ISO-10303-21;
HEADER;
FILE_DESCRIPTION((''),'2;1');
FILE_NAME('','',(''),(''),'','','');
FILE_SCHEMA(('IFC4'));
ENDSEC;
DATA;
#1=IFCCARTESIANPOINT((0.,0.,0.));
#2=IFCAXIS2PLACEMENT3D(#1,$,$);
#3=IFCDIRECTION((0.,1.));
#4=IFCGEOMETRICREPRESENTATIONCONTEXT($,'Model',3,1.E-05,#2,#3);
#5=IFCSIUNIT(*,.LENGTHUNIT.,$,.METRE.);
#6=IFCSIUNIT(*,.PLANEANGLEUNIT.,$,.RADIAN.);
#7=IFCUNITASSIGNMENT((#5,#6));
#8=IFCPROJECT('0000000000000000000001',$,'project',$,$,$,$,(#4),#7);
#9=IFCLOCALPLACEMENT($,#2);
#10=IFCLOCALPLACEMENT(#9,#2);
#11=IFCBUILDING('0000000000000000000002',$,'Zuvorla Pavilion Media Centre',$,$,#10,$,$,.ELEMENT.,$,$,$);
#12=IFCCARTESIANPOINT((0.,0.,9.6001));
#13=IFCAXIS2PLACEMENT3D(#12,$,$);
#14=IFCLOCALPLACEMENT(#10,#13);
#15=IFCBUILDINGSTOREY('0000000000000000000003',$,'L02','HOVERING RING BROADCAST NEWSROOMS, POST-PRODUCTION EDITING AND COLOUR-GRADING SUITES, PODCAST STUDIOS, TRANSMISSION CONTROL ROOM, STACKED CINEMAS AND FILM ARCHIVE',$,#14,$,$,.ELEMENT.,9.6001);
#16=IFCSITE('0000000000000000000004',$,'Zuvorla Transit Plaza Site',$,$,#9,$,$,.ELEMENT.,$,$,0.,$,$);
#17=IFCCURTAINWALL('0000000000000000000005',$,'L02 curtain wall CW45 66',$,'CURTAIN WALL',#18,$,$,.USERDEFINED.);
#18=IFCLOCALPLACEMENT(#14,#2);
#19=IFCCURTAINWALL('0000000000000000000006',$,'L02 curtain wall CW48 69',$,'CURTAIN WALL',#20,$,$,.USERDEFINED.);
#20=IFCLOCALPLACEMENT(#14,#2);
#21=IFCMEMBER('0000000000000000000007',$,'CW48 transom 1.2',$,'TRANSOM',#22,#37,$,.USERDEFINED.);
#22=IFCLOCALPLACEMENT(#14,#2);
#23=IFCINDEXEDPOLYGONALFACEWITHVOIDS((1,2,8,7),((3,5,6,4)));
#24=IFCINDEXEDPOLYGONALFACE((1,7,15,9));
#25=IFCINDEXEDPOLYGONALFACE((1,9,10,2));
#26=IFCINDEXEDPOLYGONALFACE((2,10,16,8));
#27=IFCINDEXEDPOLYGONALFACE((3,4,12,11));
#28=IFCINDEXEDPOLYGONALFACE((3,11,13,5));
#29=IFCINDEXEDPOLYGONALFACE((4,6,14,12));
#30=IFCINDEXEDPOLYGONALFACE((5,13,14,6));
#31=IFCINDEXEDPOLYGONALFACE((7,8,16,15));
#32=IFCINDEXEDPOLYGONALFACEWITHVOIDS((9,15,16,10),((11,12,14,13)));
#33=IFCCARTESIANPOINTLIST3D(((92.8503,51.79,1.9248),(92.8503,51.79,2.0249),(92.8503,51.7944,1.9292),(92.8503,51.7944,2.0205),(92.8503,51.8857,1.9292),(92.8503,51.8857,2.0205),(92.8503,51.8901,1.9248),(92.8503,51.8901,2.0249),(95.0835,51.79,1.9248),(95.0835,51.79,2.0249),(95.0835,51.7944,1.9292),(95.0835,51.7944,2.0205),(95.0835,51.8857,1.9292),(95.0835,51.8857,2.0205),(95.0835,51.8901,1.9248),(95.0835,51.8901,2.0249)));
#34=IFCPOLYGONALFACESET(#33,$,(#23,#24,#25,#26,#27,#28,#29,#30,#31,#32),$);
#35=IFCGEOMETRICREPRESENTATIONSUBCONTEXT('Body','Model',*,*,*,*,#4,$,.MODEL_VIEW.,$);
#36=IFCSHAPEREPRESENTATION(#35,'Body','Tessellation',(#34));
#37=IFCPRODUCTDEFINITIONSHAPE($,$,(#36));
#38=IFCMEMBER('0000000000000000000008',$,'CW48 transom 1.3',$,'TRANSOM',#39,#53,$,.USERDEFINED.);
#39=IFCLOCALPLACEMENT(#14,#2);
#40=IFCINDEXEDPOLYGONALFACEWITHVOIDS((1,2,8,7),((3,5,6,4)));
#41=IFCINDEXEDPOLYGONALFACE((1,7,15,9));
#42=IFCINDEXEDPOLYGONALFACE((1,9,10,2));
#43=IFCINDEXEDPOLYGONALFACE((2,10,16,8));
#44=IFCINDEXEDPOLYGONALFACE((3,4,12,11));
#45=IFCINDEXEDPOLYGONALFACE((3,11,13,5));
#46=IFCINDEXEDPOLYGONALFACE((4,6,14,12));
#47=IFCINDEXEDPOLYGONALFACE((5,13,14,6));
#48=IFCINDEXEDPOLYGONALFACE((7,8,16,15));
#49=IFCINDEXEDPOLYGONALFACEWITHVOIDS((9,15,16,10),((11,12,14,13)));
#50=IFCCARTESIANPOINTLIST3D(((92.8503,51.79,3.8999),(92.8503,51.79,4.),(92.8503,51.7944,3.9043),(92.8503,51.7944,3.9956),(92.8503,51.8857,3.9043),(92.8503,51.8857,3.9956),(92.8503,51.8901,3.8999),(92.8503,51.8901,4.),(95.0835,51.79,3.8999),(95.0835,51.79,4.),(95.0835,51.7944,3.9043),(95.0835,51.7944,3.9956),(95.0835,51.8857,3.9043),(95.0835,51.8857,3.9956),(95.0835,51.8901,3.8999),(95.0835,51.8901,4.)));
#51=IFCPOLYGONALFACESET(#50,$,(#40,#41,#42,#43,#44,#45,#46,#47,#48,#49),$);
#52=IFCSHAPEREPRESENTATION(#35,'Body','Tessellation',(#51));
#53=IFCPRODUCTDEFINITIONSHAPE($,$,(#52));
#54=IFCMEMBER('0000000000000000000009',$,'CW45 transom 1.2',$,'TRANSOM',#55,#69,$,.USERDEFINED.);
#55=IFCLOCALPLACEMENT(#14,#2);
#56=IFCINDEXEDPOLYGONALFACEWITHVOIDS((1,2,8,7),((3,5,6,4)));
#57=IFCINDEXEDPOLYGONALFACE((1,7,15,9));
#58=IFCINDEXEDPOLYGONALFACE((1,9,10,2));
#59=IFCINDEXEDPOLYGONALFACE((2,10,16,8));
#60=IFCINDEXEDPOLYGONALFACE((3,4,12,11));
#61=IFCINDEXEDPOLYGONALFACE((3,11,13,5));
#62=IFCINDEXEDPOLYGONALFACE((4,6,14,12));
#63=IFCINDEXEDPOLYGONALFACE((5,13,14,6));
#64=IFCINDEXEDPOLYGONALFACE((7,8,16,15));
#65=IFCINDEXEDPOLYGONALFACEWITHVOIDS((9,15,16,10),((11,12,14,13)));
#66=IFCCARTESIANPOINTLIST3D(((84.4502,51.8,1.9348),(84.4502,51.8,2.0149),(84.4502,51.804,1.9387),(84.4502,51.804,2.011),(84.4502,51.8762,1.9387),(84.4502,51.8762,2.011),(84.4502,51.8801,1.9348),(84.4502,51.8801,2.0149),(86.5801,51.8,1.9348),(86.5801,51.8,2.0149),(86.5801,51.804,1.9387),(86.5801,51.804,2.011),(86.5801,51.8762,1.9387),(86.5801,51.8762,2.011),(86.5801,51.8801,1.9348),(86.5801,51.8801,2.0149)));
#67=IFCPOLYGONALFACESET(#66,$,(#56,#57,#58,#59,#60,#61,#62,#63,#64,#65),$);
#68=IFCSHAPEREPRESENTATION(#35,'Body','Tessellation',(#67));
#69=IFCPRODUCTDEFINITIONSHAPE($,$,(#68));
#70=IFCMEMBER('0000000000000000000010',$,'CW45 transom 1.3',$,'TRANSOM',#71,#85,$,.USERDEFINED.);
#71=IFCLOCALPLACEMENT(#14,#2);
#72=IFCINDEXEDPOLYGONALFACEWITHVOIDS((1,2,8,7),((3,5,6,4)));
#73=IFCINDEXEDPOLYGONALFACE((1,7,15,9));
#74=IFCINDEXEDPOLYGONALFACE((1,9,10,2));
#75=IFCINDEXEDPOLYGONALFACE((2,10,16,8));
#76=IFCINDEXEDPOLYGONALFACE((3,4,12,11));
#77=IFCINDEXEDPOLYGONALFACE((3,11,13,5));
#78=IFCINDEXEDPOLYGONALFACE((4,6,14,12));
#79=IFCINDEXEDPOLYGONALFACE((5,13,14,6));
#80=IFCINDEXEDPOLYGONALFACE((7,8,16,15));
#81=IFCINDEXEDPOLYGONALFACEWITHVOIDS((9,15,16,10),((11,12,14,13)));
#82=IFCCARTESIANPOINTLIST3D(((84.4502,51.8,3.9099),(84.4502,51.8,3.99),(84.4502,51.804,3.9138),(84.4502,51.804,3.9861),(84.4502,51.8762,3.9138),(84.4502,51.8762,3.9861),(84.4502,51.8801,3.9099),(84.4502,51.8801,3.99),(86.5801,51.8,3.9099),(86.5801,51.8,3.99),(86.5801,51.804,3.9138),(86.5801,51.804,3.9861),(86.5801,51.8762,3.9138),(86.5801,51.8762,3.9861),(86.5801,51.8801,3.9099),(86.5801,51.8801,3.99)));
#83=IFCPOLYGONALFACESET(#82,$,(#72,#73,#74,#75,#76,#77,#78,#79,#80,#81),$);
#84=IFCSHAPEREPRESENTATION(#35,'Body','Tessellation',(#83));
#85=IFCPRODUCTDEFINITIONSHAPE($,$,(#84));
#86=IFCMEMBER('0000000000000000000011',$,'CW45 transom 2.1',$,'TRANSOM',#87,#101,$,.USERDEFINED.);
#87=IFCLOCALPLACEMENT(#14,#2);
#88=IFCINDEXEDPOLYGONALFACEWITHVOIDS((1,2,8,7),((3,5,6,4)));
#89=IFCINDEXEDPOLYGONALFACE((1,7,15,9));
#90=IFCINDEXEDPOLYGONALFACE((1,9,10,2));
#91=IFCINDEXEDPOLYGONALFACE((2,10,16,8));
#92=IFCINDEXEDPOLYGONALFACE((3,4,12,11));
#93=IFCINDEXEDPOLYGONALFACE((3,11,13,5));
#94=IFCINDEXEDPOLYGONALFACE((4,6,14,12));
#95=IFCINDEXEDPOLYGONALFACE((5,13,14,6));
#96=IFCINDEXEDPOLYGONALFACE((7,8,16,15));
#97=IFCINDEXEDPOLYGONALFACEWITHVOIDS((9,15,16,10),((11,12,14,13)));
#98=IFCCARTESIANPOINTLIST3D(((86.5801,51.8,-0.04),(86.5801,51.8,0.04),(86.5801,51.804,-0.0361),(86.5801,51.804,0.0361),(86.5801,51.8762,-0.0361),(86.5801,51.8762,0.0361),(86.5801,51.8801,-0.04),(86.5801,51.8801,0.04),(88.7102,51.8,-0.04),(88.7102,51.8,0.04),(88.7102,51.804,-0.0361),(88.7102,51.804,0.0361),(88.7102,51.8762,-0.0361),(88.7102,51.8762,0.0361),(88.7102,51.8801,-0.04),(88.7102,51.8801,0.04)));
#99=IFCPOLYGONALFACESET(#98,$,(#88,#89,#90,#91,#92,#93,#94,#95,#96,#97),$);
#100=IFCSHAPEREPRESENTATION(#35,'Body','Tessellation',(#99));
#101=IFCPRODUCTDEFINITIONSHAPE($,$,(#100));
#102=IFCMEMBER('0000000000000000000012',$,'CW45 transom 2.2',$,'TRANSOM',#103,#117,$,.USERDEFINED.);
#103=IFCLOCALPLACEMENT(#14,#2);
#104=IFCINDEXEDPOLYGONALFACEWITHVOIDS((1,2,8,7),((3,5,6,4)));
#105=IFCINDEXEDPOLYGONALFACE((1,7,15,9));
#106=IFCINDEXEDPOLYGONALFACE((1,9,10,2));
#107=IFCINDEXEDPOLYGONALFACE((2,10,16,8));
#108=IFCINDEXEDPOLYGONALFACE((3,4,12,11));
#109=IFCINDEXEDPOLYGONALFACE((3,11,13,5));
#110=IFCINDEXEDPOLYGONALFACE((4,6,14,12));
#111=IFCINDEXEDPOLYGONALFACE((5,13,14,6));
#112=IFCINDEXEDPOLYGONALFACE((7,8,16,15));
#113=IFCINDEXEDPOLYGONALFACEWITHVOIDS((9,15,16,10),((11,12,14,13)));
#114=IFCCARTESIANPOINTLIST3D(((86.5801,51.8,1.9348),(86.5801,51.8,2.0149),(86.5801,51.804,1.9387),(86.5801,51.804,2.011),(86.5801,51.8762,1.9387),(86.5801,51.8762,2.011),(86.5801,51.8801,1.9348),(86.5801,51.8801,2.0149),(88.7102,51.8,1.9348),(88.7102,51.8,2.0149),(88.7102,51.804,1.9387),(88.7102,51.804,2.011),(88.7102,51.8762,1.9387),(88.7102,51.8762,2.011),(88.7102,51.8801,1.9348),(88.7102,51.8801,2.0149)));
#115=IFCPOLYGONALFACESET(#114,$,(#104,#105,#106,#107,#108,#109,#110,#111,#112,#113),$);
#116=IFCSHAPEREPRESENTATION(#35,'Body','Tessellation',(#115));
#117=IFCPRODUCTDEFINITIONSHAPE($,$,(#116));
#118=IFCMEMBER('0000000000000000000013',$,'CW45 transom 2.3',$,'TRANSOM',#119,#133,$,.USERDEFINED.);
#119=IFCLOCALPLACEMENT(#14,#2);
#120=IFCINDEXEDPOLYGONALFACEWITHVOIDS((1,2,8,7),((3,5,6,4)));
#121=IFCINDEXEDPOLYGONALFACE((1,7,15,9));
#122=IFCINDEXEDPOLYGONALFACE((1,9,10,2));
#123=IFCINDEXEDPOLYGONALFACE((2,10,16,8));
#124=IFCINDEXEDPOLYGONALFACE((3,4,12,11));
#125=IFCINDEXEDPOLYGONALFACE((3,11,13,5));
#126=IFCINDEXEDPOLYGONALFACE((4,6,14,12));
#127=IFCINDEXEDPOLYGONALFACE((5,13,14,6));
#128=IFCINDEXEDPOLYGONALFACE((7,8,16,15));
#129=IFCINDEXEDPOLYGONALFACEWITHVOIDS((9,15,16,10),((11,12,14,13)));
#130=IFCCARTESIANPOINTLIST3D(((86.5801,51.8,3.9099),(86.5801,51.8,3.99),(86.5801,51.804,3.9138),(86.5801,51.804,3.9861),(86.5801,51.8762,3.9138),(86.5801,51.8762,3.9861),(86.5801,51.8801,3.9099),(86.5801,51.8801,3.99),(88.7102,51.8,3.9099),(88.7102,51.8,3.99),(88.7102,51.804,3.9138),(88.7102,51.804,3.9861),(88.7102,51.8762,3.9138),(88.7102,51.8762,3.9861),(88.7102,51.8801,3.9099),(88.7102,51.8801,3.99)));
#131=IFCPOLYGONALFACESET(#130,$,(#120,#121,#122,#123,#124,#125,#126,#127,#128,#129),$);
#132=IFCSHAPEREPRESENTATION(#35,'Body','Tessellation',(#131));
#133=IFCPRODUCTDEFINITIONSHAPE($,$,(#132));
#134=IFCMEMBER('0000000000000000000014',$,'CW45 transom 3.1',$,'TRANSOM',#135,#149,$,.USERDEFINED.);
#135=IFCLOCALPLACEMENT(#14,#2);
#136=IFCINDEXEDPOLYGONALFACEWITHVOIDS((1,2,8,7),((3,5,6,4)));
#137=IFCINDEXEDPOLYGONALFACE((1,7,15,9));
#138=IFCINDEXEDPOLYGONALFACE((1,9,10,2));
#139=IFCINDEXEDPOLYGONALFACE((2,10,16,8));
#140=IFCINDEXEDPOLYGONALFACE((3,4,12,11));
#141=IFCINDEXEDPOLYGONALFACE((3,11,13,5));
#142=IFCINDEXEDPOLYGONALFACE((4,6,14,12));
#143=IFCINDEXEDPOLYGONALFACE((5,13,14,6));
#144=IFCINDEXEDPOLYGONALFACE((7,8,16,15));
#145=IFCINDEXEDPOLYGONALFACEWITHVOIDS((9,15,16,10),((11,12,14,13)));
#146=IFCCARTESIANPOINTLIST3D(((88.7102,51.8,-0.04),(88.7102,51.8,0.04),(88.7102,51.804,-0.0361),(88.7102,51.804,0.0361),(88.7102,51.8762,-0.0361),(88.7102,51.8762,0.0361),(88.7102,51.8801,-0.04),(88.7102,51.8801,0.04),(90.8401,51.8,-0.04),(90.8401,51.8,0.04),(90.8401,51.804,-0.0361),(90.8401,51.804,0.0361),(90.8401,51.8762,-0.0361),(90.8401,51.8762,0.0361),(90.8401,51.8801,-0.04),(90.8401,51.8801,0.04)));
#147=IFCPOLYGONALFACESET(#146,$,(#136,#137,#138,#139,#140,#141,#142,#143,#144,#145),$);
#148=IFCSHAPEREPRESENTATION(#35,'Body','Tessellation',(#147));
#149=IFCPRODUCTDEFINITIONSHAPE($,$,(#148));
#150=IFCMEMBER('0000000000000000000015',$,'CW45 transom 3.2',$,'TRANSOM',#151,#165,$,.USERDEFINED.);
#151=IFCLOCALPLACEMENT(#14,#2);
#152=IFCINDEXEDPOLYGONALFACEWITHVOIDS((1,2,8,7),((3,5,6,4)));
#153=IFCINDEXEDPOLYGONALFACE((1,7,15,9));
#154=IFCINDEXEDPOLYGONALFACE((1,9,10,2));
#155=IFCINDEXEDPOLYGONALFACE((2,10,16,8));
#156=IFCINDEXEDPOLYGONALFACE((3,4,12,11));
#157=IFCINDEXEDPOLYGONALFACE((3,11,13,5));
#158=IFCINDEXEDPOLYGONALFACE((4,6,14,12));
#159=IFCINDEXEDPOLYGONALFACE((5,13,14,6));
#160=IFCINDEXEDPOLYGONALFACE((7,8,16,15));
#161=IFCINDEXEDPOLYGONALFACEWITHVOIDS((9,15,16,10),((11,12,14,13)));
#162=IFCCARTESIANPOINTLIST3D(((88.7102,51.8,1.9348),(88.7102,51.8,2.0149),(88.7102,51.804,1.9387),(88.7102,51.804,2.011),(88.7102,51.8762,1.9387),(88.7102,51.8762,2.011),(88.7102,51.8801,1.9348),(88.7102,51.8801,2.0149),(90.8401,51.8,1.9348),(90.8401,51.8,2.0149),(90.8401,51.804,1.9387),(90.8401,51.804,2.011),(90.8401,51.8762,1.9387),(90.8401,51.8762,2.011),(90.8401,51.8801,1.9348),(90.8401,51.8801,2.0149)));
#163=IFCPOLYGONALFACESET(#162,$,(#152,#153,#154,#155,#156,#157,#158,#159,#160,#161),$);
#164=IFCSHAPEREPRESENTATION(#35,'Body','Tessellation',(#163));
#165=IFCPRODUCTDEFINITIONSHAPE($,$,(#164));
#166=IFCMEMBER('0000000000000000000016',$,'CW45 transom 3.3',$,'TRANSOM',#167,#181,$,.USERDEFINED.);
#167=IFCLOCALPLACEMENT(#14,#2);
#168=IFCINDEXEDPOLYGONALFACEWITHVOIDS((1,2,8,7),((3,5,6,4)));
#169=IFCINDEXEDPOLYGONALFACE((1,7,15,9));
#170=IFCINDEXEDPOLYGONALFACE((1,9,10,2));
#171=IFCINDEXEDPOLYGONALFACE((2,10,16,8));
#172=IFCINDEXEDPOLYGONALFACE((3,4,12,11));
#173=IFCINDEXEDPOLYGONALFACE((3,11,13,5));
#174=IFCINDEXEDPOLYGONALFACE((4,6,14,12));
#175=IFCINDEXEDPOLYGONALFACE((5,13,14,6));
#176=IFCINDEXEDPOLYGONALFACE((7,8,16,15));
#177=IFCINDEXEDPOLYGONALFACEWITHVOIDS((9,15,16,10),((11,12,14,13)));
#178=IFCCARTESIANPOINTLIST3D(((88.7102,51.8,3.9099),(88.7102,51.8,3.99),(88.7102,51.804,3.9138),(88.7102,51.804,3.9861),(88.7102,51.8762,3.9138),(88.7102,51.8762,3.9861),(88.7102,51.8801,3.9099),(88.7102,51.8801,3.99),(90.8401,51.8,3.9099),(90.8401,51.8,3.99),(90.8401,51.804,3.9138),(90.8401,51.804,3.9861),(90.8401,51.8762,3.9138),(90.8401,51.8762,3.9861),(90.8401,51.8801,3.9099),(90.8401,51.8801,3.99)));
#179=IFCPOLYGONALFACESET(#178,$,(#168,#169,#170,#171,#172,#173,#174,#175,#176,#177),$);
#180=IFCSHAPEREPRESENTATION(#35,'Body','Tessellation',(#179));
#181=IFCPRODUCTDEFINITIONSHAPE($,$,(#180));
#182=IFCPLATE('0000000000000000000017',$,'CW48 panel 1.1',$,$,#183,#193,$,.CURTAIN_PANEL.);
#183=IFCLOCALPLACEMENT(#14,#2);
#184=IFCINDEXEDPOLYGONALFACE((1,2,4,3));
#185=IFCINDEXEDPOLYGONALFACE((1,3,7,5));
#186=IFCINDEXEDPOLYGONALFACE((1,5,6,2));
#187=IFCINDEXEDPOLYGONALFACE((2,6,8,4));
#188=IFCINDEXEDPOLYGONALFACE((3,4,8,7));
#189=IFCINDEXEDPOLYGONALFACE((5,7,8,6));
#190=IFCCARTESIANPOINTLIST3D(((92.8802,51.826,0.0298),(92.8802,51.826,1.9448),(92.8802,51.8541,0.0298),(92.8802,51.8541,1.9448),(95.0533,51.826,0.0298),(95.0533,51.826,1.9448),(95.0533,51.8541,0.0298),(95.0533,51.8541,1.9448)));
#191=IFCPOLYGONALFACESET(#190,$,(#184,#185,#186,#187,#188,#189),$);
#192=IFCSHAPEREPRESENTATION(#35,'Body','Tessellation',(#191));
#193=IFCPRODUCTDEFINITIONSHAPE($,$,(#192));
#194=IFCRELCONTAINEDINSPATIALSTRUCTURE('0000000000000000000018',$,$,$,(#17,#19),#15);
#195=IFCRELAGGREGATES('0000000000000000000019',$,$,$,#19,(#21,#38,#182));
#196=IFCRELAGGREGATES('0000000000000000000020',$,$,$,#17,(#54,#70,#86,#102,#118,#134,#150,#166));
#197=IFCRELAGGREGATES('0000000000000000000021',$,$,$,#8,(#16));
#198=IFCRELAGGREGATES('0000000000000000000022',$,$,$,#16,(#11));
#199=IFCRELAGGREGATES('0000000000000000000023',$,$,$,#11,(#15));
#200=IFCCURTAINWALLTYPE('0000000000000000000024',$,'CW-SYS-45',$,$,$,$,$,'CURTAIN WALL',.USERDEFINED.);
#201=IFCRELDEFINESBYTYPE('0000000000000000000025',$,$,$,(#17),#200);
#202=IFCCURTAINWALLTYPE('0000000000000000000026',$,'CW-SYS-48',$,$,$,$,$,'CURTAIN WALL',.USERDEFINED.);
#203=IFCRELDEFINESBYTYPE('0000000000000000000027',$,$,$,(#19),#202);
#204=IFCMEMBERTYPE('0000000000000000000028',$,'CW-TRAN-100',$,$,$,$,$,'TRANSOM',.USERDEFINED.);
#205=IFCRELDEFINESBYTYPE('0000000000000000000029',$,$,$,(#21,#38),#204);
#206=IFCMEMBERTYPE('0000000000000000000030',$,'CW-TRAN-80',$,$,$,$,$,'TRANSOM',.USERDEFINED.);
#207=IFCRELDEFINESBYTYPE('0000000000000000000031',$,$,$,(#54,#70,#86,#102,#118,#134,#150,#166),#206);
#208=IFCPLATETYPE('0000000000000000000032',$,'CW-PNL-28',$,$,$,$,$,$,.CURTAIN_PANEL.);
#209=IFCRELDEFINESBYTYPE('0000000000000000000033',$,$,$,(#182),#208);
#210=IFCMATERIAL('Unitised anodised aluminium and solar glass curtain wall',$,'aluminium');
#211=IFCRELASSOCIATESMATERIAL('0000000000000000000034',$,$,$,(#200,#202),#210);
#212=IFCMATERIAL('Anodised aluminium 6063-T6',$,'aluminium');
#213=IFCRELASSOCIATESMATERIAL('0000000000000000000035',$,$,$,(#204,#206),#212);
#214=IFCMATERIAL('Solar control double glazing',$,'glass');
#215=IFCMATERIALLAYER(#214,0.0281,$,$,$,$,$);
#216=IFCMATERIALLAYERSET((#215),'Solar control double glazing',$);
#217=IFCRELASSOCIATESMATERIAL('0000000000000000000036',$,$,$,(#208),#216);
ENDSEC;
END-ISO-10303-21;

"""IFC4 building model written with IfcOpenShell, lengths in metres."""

from ifc_helpers import new_model, si_unit, direction, frame, origin, origin_2d, place, context, subcontext, project, spatial, rectangle, hollow_rectangle, extrude, material, layer, layer_set, material_profile, profile_set, type_object, element, aggregate, save


model = new_model("IFC4")

# Units and contexts
model_context = context("Model", 3, precision=1e-05, world=origin(), true_north=direction((0.0, 1.0)))
body_context = subcontext(model_context, "Body", "Model", "MODEL_VIEW")
ifc_project = project(units=[si_unit("LENGTHUNIT", "METRE"), si_unit("PLANEANGLEUNIT", "RADIAN")], contexts=[model_context])

# Site, building, storey
site_placement = place(None, origin())
site = spatial("IfcSite", under=ifc_project, at=site_placement, Name="Zuvorla Transit Plaza Site", CompositionType="ELEMENT", RefElevation=0.0)
building_placement = place(site_placement, origin())
building = spatial("IfcBuilding", under=site, at=building_placement, Name="Zuvorla Pavilion Media Centre", CompositionType="ELEMENT")
storey_placement = place(building_placement, frame((0.0, 0.0, 9.6001)))
storey = spatial("IfcBuildingStorey", under=building, at=storey_placement, Name="L02", Description="HOVERING RING BROADCAST NEWSROOMS, POST-PRODUCTION EDITING AND COLOUR-GRADING SUITES, PODCAST STUDIOS, TRANSMISSION CONTROL ROOM, STACKED CINEMAS AND FILM ARCHIVE", CompositionType="ELEMENT", Elevation=9.6001)

# Curtain walls, members
ifc_material_1 = material(Name="Unitised anodised aluminium and solar glass curtain wall", Category="aluminium")
curtain_wall_type_1 = type_object("IfcCurtainWallType", Name="CW-SYS-45", ElementType="CURTAIN WALL", PredefinedType="USERDEFINED", material=ifc_material_1)
curtain_wall_1_placement = place(storey_placement, origin())
curtain_wall_1 = element("IfcCurtainWall", 1, at=curtain_wall_1_placement, inside=storey, type_object=curtain_wall_type_1, Name="L02 curtain wall CW45 66", ObjectType="CURTAIN WALL", PredefinedType="USERDEFINED")
ifc_material_2 = material(Name="Anodised aluminium 6063-T6", Category="aluminium")
curtain_wall_type_2 = type_object("IfcCurtainWallType", Name="CW-SYS-48", ElementType="CURTAIN WALL", PredefinedType="USERDEFINED", material=ifc_material_1)
curtain_wall_2_placement = place(storey_placement, origin())
curtain_wall_2 = element("IfcCurtainWall", 2, at=curtain_wall_2_placement, inside=storey, type_object=curtain_wall_type_2, Name="L02 curtain wall CW48 69", ObjectType="CURTAIN WALL", PredefinedType="USERDEFINED")
ifc_material_profile_1 = material_profile(ifc_material_2, hollow_rectangle(XDim=0.1001, YDim=0.1001, WallThickness=0.0044, at=origin_2d()), Name="ALU TRAN 100x100")
ifc_profile_set_1 = profile_set([ifc_material_profile_1], Name="Anodised aluminium 6063-T6")
member_type_1 = type_object("IfcMemberType", Name="CW-TRAN-100", ElementType="TRANSOM", PredefinedType="USERDEFINED", material=ifc_profile_set_1)
member_1_placement = place(storey_placement, frame((92.8503, 51.8401, 1.9749), z_axis=(1.0, 0.0, 0.0), x_axis=(0.0, 1.0, 0.0)))
member_1 = element("IfcMember", 3, at=member_1_placement, type_object=member_type_1, Name="CW48 transom 1.2", ObjectType="TRANSOM", PredefinedType="USERDEFINED", context=body_context, shape_type="SweptSolid", body=[
    extrude(hollow_rectangle(XDim=0.1001, YDim=0.1001, WallThickness=0.0044, at=origin_2d()), origin(), (0.0, 0.0, 1.0), 2.2332),
])
member_2_placement = place(storey_placement, frame((92.8503, 51.8401, 3.95), z_axis=(1.0, 0.0, 0.0), x_axis=(0.0, 1.0, 0.0)))
member_2 = element("IfcMember", 4, at=member_2_placement, type_object=member_type_1, Name="CW48 transom 1.3", ObjectType="TRANSOM", PredefinedType="USERDEFINED", context=body_context, shape_type="SweptSolid", body=[
    extrude(hollow_rectangle(XDim=0.1001, YDim=0.1001, WallThickness=0.0044, at=origin_2d()), origin(), (0.0, 0.0, 1.0), 2.2332),
])

# Members
ifc_material_profile_2 = material_profile(ifc_material_2, hollow_rectangle(XDim=0.0801, YDim=0.0801, WallThickness=0.0039, at=origin_2d()), Name="ALU TRAN 80x80")
ifc_profile_set_2 = profile_set([ifc_material_profile_2], Name="Anodised aluminium 6063-T6")
member_type_2 = type_object("IfcMemberType", Name="CW-TRAN-80", ElementType="TRANSOM", PredefinedType="USERDEFINED", material=ifc_profile_set_2)
member_3_placement = place(storey_placement, frame((84.4502, 51.8401, 1.9749), z_axis=(1.0, 0.0, 0.0), x_axis=(0.0, 1.0, 0.0)))
member_3 = element("IfcMember", 5, at=member_3_placement, type_object=member_type_2, Name="CW45 transom 1.2", ObjectType="TRANSOM", PredefinedType="USERDEFINED", context=body_context, shape_type="SweptSolid", body=[
    extrude(hollow_rectangle(XDim=0.0801, YDim=0.0801, WallThickness=0.0039, at=origin_2d()), origin(), (0.0, 0.0, 1.0), 2.1299),
])
member_4_placement = place(storey_placement, frame((84.4502, 51.8401, 3.95), z_axis=(1.0, 0.0, 0.0), x_axis=(0.0, 1.0, 0.0)))
member_4 = element("IfcMember", 6, at=member_4_placement, type_object=member_type_2, Name="CW45 transom 1.3", ObjectType="TRANSOM", PredefinedType="USERDEFINED", context=body_context, shape_type="SweptSolid", body=[
    extrude(hollow_rectangle(XDim=0.0801, YDim=0.0801, WallThickness=0.0039, at=origin_2d()), origin(), (0.0, 0.0, 1.0), 2.1299),
])
member_5_placement = place(storey_placement, frame((86.5801, 51.8401, 0.0), z_axis=(1.0, 0.0, 0.0), x_axis=(0.0, 1.0, 0.0)))
member_5 = element("IfcMember", 7, at=member_5_placement, type_object=member_type_2, Name="CW45 transom 2.1", ObjectType="TRANSOM", PredefinedType="USERDEFINED", context=body_context, shape_type="SweptSolid", body=[
    extrude(hollow_rectangle(XDim=0.0801, YDim=0.0801, WallThickness=0.0039, at=origin_2d()), origin(), (0.0, 0.0, 1.0), 2.1301),
])
member_6_placement = place(storey_placement, frame((86.5801, 51.8401, 1.9749), z_axis=(1.0, 0.0, 0.0), x_axis=(0.0, 1.0, 0.0)))
member_6 = element("IfcMember", 8, at=member_6_placement, type_object=member_type_2, Name="CW45 transom 2.2", ObjectType="TRANSOM", PredefinedType="USERDEFINED", context=body_context, shape_type="SweptSolid", body=[
    extrude(hollow_rectangle(XDim=0.0801, YDim=0.0801, WallThickness=0.0039, at=origin_2d()), origin(), (0.0, 0.0, 1.0), 2.1301),
])
member_7_placement = place(storey_placement, frame((86.5801, 51.8401, 3.95), z_axis=(1.0, 0.0, 0.0), x_axis=(0.0, 1.0, 0.0)))
member_7 = element("IfcMember", 9, at=member_7_placement, type_object=member_type_2, Name="CW45 transom 2.3", ObjectType="TRANSOM", PredefinedType="USERDEFINED", context=body_context, shape_type="SweptSolid", body=[
    extrude(hollow_rectangle(XDim=0.0801, YDim=0.0801, WallThickness=0.0039, at=origin_2d()), origin(), (0.0, 0.0, 1.0), 2.1301),
])
member_8_placement = place(storey_placement, frame((88.7102, 51.8401, 0.0), z_axis=(1.0, 0.0, 0.0), x_axis=(0.0, 1.0, 0.0)))
member_8 = element("IfcMember", 10, at=member_8_placement, type_object=member_type_2, Name="CW45 transom 3.1", ObjectType="TRANSOM", PredefinedType="USERDEFINED", context=body_context, shape_type="SweptSolid", body=[
    extrude(hollow_rectangle(XDim=0.0801, YDim=0.0801, WallThickness=0.0039, at=origin_2d()), origin(), (0.0, 0.0, 1.0), 2.1299),
])
member_9_placement = place(storey_placement, frame((88.7102, 51.8401, 1.9749), z_axis=(1.0, 0.0, 0.0), x_axis=(0.0, 1.0, 0.0)))
member_9 = element("IfcMember", 11, at=member_9_placement, type_object=member_type_2, Name="CW45 transom 3.2", ObjectType="TRANSOM", PredefinedType="USERDEFINED", context=body_context, shape_type="SweptSolid", body=[
    extrude(hollow_rectangle(XDim=0.0801, YDim=0.0801, WallThickness=0.0039, at=origin_2d()), origin(), (0.0, 0.0, 1.0), 2.1299),
])
member_10_placement = place(storey_placement, frame((88.7102, 51.8401, 3.95), z_axis=(1.0, 0.0, 0.0), x_axis=(0.0, 1.0, 0.0)))
member_10 = element("IfcMember", 12, at=member_10_placement, type_object=member_type_2, Name="CW45 transom 3.3", ObjectType="TRANSOM", PredefinedType="USERDEFINED", context=body_context, shape_type="SweptSolid", body=[
    extrude(hollow_rectangle(XDim=0.0801, YDim=0.0801, WallThickness=0.0039, at=origin_2d()), origin(), (0.0, 0.0, 1.0), 2.1299),
])

# Plate
ifc_material_3 = material(Name="Solar control double glazing", Category="glass")
ifc_layer_1 = layer(ifc_material_3, 0.0281)
ifc_layer_set_1 = layer_set([ifc_layer_1], Name="Solar control double glazing")
plate_type_1 = type_object("IfcPlateType", Name="CW-PNL-28", PredefinedType="CURTAIN_PANEL", material=ifc_layer_set_1)
plate_1_placement = place(storey_placement, frame((93.9668, 51.8401, 0.0298), z_axis=(0.0, 0.0, 1.0), x_axis=(1.0, 0.0, 0.0)))
plate_1 = element("IfcPlate", 13, at=plate_1_placement, type_object=plate_type_1, Name="CW48 panel 1.1", PredefinedType="CURTAIN_PANEL", context=body_context, shape_type="SweptSolid", body=[
    extrude(rectangle(XDim=2.1731, YDim=0.0281, at=origin_2d()), origin(), (0.0, 0.0, 1.0), 1.915),
])
aggregate(curtain_wall_2, [member_1, member_2, plate_1])
aggregate(curtain_wall_1, [member_3, member_4, member_5, member_6, member_7, member_8, member_9, member_10])

save(model, "model.ifc")
